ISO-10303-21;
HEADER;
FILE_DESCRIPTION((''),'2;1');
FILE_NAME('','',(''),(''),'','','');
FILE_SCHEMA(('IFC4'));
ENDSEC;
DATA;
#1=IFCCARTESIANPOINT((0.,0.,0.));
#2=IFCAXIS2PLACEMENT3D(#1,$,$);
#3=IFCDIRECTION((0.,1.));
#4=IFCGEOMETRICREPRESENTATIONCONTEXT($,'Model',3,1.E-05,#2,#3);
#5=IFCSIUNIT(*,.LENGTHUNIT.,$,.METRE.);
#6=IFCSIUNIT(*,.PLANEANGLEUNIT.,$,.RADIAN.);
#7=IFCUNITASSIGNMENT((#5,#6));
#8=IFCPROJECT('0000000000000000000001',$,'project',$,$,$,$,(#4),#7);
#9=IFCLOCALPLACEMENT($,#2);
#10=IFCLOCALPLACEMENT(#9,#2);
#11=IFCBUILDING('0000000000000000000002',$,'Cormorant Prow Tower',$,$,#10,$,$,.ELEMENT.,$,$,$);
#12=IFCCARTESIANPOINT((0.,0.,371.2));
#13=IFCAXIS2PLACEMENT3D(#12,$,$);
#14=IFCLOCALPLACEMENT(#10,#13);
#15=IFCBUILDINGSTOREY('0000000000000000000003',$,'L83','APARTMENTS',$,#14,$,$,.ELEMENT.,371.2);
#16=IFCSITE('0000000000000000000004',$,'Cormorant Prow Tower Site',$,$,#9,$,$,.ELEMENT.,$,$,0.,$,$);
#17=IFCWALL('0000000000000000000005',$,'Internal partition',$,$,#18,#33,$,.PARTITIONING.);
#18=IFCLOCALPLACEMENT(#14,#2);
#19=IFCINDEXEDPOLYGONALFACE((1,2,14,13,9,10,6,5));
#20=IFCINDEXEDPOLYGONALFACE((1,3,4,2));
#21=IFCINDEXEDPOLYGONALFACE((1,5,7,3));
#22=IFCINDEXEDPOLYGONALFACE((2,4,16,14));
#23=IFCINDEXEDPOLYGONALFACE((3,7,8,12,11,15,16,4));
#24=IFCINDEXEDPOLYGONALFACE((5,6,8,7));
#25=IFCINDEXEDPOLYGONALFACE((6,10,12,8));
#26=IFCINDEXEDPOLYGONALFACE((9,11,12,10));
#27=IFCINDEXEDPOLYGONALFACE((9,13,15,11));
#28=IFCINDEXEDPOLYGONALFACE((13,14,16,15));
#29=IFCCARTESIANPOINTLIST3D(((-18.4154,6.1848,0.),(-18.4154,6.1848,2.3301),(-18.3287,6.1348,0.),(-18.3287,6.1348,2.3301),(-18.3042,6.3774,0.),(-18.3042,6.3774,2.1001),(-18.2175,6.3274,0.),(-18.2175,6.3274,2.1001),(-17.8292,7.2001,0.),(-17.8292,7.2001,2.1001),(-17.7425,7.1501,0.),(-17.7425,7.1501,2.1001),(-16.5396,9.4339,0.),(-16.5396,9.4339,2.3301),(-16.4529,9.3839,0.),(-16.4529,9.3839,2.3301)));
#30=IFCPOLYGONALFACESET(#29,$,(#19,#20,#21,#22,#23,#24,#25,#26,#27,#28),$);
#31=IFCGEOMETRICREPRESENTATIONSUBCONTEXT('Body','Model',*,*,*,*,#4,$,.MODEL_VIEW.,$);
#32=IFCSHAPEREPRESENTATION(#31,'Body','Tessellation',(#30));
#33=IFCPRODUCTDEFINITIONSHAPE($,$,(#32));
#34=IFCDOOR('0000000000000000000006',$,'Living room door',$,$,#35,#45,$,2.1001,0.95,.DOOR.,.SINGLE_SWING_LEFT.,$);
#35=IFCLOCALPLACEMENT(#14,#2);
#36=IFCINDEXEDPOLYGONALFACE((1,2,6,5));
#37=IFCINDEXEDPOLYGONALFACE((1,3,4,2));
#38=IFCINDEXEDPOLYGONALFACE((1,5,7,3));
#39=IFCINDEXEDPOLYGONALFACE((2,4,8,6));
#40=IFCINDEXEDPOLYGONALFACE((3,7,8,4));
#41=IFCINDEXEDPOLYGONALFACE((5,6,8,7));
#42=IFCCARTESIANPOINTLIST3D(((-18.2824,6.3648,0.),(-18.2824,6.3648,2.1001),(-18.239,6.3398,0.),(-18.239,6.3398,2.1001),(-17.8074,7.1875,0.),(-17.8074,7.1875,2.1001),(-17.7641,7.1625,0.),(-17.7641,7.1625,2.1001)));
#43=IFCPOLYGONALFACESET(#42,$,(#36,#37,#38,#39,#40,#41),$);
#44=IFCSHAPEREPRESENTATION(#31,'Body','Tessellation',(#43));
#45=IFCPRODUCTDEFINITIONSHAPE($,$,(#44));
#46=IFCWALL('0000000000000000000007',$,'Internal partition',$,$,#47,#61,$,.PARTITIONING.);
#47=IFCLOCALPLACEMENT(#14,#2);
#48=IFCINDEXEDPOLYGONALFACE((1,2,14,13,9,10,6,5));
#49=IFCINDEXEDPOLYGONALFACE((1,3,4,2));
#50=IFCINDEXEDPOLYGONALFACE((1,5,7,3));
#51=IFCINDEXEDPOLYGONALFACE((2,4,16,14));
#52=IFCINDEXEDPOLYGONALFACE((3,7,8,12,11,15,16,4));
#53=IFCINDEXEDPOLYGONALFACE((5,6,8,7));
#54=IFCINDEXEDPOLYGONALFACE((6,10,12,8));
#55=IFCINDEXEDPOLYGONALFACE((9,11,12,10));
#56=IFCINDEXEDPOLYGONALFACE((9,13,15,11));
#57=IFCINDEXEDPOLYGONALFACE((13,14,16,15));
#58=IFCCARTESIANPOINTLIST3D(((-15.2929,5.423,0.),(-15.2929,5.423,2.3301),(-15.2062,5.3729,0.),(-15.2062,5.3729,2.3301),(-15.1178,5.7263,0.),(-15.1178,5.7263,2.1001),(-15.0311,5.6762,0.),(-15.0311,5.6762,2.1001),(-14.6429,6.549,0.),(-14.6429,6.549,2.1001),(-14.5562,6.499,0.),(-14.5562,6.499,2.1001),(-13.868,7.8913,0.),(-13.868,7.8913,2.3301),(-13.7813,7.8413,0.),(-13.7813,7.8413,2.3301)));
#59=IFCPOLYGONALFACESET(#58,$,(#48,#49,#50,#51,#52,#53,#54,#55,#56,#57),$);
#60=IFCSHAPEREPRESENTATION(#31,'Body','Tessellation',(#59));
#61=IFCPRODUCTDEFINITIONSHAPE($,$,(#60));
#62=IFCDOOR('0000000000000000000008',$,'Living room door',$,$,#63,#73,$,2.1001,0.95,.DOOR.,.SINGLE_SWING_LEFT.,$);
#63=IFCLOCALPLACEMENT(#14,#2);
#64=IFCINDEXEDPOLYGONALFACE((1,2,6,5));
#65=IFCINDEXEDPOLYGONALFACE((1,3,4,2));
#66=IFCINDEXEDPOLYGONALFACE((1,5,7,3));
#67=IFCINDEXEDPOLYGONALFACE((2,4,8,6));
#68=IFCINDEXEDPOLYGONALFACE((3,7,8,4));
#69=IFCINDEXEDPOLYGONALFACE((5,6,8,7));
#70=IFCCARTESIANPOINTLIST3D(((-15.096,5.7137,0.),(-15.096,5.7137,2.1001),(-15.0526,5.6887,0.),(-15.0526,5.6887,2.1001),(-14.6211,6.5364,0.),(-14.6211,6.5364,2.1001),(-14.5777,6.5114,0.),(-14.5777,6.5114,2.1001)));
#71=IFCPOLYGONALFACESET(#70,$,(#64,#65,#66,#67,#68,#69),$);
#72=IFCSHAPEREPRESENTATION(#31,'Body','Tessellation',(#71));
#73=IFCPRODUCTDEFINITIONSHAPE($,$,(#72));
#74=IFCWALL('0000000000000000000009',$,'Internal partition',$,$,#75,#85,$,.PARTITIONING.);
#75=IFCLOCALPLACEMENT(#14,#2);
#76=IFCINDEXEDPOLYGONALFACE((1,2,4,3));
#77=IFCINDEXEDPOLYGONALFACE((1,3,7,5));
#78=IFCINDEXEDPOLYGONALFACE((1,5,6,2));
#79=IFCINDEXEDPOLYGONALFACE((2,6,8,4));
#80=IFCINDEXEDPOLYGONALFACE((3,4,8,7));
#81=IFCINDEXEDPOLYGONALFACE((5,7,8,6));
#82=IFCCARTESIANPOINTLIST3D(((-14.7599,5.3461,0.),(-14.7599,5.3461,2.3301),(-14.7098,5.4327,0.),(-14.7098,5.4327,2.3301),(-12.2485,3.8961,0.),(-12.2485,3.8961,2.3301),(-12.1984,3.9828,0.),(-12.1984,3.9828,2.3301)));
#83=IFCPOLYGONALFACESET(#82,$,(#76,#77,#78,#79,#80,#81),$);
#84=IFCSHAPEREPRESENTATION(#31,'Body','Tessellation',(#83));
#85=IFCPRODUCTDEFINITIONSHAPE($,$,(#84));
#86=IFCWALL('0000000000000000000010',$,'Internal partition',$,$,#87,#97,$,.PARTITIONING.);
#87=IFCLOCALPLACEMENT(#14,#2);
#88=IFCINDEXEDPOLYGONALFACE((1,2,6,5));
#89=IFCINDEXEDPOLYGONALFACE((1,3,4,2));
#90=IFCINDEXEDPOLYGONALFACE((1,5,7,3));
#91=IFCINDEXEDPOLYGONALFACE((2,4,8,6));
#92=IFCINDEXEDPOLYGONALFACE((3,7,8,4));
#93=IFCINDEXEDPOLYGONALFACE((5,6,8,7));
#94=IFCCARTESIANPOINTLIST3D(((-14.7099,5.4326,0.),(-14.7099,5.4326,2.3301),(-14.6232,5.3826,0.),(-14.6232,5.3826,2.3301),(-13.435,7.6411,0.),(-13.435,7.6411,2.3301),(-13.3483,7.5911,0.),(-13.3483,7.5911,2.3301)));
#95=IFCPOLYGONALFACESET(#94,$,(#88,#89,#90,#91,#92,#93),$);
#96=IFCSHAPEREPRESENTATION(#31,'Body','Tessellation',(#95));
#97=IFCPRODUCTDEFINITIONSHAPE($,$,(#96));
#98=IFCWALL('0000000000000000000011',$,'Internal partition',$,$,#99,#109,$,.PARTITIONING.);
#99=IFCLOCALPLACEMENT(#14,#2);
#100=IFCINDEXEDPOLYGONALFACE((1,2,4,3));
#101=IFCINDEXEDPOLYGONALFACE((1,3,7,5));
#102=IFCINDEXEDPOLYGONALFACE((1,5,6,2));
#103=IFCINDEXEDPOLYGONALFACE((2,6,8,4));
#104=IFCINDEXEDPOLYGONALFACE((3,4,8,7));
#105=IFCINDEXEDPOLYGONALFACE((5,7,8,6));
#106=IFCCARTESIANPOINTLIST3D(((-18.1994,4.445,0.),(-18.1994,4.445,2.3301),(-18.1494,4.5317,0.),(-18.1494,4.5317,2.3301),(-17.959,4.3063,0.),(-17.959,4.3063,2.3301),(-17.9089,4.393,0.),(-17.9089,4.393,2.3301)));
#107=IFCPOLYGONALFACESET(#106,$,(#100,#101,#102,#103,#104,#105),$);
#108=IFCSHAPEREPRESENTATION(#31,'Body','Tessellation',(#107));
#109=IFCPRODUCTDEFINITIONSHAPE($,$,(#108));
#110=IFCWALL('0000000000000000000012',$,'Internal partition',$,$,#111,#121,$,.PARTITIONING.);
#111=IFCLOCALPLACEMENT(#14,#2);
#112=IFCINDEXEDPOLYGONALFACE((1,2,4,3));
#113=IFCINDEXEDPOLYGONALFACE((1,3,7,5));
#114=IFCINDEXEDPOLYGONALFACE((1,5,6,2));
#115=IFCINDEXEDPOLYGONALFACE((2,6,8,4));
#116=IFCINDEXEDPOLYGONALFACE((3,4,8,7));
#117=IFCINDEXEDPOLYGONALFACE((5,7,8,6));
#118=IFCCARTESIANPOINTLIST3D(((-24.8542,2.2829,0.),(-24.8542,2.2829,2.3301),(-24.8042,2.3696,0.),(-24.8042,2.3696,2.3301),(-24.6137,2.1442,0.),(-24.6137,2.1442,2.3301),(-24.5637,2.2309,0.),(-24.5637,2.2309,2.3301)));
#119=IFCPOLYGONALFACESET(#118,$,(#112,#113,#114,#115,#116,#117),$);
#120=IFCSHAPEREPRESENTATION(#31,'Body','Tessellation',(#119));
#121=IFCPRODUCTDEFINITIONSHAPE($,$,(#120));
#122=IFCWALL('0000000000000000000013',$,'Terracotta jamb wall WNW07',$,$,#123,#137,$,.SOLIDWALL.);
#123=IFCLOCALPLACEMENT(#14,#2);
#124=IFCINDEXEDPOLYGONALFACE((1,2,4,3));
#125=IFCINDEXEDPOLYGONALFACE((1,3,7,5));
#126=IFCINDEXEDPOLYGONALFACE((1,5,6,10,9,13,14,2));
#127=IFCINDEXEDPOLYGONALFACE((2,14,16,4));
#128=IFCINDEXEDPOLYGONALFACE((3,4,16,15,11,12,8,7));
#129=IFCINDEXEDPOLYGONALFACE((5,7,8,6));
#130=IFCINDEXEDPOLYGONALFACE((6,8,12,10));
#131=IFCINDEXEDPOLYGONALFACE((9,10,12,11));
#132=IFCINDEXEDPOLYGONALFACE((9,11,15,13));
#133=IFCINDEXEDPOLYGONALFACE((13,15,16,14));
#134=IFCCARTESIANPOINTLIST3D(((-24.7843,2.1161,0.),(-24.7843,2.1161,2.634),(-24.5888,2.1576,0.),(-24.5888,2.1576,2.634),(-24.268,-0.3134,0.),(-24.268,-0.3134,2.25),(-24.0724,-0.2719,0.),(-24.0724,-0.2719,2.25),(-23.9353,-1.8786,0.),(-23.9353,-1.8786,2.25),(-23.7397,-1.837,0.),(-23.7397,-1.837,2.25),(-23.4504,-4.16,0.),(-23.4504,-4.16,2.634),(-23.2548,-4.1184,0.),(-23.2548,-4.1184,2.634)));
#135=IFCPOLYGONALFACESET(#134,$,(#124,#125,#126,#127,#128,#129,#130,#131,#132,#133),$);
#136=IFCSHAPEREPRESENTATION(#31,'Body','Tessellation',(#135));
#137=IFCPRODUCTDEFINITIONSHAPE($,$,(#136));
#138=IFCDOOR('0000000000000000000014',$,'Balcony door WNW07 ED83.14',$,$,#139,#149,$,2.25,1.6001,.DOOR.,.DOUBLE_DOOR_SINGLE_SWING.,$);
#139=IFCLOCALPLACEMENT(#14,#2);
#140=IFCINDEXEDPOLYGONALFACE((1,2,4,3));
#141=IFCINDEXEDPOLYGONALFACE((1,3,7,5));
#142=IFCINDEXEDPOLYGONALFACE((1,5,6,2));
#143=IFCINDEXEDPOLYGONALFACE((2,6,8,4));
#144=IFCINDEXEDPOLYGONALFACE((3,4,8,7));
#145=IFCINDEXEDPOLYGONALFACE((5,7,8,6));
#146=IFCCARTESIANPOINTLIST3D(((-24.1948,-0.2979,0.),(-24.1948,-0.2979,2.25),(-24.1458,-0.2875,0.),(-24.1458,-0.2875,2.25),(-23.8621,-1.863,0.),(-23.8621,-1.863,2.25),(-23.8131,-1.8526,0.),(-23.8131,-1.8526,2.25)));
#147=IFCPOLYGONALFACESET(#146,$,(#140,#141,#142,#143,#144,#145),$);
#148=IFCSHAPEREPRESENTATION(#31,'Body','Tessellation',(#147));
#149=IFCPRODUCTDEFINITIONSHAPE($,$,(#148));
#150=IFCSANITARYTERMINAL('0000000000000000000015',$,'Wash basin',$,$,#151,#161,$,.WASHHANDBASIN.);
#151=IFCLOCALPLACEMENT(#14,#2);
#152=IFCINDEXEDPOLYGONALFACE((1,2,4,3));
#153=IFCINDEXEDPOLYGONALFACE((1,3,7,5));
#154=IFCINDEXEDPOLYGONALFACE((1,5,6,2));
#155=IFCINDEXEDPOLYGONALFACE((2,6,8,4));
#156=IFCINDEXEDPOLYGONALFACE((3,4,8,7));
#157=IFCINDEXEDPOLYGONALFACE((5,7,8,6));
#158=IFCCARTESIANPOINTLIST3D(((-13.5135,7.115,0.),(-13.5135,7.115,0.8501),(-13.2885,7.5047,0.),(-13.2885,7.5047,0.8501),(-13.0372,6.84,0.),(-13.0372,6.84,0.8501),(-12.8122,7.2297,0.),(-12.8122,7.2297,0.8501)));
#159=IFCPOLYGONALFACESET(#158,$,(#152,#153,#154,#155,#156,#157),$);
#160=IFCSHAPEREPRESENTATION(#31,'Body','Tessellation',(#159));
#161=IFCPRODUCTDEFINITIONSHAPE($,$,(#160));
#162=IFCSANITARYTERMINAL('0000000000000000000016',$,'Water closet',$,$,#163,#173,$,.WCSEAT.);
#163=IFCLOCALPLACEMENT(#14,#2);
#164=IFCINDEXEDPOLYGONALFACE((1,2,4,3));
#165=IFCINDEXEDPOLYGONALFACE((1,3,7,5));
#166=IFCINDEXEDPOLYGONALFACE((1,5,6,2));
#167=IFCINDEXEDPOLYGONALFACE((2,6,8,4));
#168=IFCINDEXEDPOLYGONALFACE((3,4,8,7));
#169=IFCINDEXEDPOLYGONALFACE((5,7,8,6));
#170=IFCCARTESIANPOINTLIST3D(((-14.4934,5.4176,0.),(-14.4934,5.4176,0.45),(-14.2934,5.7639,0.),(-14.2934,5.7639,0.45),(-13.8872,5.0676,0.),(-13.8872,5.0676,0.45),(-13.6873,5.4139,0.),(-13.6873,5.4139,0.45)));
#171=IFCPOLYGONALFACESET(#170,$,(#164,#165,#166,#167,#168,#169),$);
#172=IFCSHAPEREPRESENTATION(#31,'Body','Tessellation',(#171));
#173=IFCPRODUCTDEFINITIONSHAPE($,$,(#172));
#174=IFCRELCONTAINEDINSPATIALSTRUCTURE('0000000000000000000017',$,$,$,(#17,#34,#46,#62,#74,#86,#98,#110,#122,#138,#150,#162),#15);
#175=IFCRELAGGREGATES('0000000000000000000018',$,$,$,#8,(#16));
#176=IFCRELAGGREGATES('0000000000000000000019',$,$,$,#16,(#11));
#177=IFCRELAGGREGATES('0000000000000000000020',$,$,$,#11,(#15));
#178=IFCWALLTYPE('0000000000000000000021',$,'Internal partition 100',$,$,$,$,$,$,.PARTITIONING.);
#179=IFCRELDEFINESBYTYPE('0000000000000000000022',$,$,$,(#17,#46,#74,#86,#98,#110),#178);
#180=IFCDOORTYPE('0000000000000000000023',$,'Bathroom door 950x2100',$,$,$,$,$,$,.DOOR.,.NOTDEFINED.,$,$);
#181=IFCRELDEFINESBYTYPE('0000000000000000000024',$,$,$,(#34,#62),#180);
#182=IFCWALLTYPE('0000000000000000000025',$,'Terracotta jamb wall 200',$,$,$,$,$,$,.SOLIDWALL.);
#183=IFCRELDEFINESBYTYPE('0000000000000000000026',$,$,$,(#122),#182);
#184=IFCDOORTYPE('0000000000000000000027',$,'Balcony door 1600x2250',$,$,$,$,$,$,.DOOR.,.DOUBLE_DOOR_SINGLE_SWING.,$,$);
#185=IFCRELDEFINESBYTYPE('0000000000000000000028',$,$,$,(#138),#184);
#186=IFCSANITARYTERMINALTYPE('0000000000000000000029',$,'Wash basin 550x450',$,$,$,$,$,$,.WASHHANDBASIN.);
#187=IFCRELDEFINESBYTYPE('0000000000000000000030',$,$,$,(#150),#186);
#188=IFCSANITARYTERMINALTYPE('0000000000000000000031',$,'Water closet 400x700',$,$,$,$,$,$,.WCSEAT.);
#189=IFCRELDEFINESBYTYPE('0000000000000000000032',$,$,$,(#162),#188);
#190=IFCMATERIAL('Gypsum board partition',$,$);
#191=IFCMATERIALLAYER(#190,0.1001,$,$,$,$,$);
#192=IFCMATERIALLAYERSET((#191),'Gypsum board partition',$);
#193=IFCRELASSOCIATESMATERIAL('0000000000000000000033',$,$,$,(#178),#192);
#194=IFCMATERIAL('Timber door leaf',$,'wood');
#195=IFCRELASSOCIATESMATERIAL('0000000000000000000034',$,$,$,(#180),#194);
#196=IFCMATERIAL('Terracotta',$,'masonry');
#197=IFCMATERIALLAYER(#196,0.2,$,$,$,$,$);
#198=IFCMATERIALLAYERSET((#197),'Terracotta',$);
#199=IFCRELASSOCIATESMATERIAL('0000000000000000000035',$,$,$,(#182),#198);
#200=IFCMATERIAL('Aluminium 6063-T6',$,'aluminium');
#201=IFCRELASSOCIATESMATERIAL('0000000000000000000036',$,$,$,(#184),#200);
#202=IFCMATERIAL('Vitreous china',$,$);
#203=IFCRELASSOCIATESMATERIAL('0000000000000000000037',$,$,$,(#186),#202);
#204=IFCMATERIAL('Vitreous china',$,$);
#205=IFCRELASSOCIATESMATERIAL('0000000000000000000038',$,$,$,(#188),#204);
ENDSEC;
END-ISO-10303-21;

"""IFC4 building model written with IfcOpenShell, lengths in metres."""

from ifc_helpers import new_model, si_unit, direction, frame, frame_2d, origin, origin_2d, place, context, subcontext, project, spatial, rectangle, extrude, material, layer, layer_set, type_object, element, fill, save


model = new_model("IFC4")

# Units and contexts
model_context = context("Model", 3, precision=1e-05, world=origin(), true_north=direction((0.0, 1.0)))
body_context = subcontext(model_context, "Body", "Model", "MODEL_VIEW")
ifc_project = project(units=[si_unit("LENGTHUNIT", "METRE"), si_unit("PLANEANGLEUNIT", "RADIAN")], contexts=[model_context])

# Site, building, storey
site_placement = place(None, origin())
site = spatial("IfcSite", under=ifc_project, at=site_placement, Name="Cormorant Prow Tower Site", CompositionType="ELEMENT", RefElevation=0.0)
building_placement = place(site_placement, origin())
building = spatial("IfcBuilding", under=site, at=building_placement, Name="Cormorant Prow Tower", CompositionType="ELEMENT")
storey_placement = place(building_placement, frame((0.0, 0.0, 371.2)))
storey = spatial("IfcBuildingStorey", under=building, at=storey_placement, Name="L83", Description="APARTMENTS", CompositionType="ELEMENT", Elevation=371.2)

# Shared definitions
ifc_material_1 = material(Name="Gypsum board partition")
ifc_layer_1 = layer(ifc_material_1, 0.1001)
ifc_layer_set_1 = layer_set([ifc_layer_1], Name="Gypsum board partition")
wall_type_1 = type_object("IfcWallType", Name="Internal partition 100", PredefinedType="PARTITIONING", material=ifc_layer_set_1)
ifc_material_2 = material(Name="Timber door leaf", Category="wood")
door_type_1 = type_object("IfcDoorType", Name="Bathroom door 950x2100", OperationType="NOTDEFINED", PredefinedType="DOOR", material=ifc_material_2)

# Walls, openings, doors
wall_1_placement = place(storey_placement, frame((-18.3721, 6.1597, 0.0), z_axis=(0.0, 0.0, 1.0), x_axis=(0.499982, 0.866036, 0.0)))
wall_1 = element("IfcWall", 1, at=wall_1_placement, inside=storey, type_object=wall_type_1, Name="Internal partition", PredefinedType="PARTITIONING", context=body_context, shape_type="SweptSolid", body=[
    extrude(rectangle(XDim=3.7517, YDim=0.1001, at=frame_2d((1.876, 0.0))), origin(), (0.0, 0.0, 1.0), 2.3301),
])
opening_1_placement = place(wall_1_placement, frame((0.2224, 0.0, 0.0)))
opening_1 = element("IfcOpeningElement", 2, at=opening_1_placement, cuts=wall_1, PredefinedType="OPENING", context=body_context, shape_type="SweptSolid", body=[
    extrude(rectangle(XDim=0.95, YDim=2.1001, at=frame_2d((0.4751, 1.05))), frame((0.0, 0.0601, 0.0), z_axis=(0.0, -1.0, 0.0), x_axis=(1.0, 0.0, 0.0)), (0.0, 0.0, 1.0), 0.1201),
])
door_1_placement = place(opening_1_placement, origin())
door_1 = element("IfcDoor", 3, at=door_1_placement, inside=storey, type_object=door_type_1, Name="Living room door", OperationType="SINGLE_SWING_LEFT", OverallHeight=2.1001, OverallWidth=0.95, PredefinedType="DOOR", context=body_context, shape_type="SweptSolid", body=[
    extrude(rectangle(XDim=0.95, YDim=2.1001, at=frame_2d((0.4751, 1.05))), frame((0.0, 0.0249, 0.0), z_axis=(0.0, -1.0, 0.0), x_axis=(1.0, 0.0, 0.0)), (0.0, 0.0, 1.0), 0.05),
])
fill(opening_1, door_1)
wall_2_placement = place(storey_placement, frame((-15.2495, 5.3979, 0.0), z_axis=(0.0, 0.0, 1.0), x_axis=(0.499935, 0.866063, 0.0)))
wall_2 = element("IfcWall", 4, at=wall_2_placement, inside=storey, type_object=wall_type_1, Name="Internal partition", PredefinedType="PARTITIONING", context=body_context, shape_type="SweptSolid", body=[
    extrude(rectangle(XDim=2.8501, YDim=0.1001, at=frame_2d((1.425, 0.0))), origin(), (0.0, 0.0, 1.0), 2.3301),
])
opening_2_placement = place(wall_2_placement, frame((0.3501, 0.0, 0.0)))
opening_2 = element("IfcOpeningElement", 5, at=opening_2_placement, cuts=wall_2, PredefinedType="OPENING", context=body_context, shape_type="SweptSolid", body=[
    extrude(rectangle(XDim=0.95, YDim=2.1001, at=frame_2d((0.4751, 1.05))), frame((0.0, 0.0601, 0.0), z_axis=(0.0, -1.0, 0.0), x_axis=(1.0, 0.0, 0.0)), (0.0, 0.0, 1.0), 0.1201),
])
door_2_placement = place(opening_2_placement, origin())
door_2 = element("IfcDoor", 6, at=door_2_placement, inside=storey, type_object=door_type_1, Name="Living room door", OperationType="SINGLE_SWING_LEFT", OverallHeight=2.1001, OverallWidth=0.95, PredefinedType="DOOR", context=body_context, shape_type="SweptSolid", body=[
    extrude(rectangle(XDim=0.95, YDim=2.1001, at=frame_2d((0.4751, 1.05))), frame((0.0, 0.0249, 0.0), z_axis=(0.0, -1.0, 0.0), x_axis=(1.0, 0.0, 0.0)), (0.0, 0.0, 1.0), 0.05),
])
fill(opening_2, door_2)

# Walls
wall_3_placement = place(storey_placement, frame((-14.7349, 5.3894, 0.0), z_axis=(0.0, 0.0, 1.0), x_axis=(0.866033, -0.499987, 0.0)))
element("IfcWall", 7, at=wall_3_placement, inside=storey, type_object=wall_type_1, Name="Internal partition", PredefinedType="PARTITIONING", context=body_context, shape_type="SweptSolid", body=[
    extrude(rectangle(XDim=2.8999, YDim=0.1001, at=frame_2d((1.45, 0.0))), origin(), (0.0, 0.0, 1.0), 2.3301),
])
wall_4_placement = place(storey_placement, frame((-14.6665, 5.4077, 0.0), z_axis=(0.0, 0.0, 1.0), x_axis=(0.499949, 0.866055, 0.0)))
element("IfcWall", 8, at=wall_4_placement, inside=storey, type_object=wall_type_1, Name="Internal partition", PredefinedType="PARTITIONING", context=body_context, shape_type="SweptSolid", body=[
    extrude(rectangle(XDim=2.55, YDim=0.1001, at=frame_2d((1.2749, 0.0))), origin(), (0.0, 0.0, 1.0), 2.3301),
])
for number, where, z_axis, x_axis, name in (
    (9, (-18.1743, 4.4883, 0.0), (0.0, 0.0, 1.0), (0.866288, -0.499545, 0.0), "Internal partition"),
    (10, (-24.8291, 2.3262, 0.0), (0.0, 0.0, 1.0), (0.866288, -0.499545, 0.0), "Internal partition"),
):
    element("IfcWall", number, at=place(storey_placement, frame(where, z_axis=z_axis, x_axis=x_axis)), inside=storey, type_object=wall_type_1, Name=name, PredefinedType="PARTITIONING", context=body_context, shape_type="SweptSolid", body=[
        extrude(rectangle(XDim=0.2776, YDim=0.1001, at=frame_2d((0.1387, 0.0))), origin(), (0.0, 0.0, 1.0), 2.3301),
    ])

# Wall, opening, door
ifc_material_3 = material(Name="Terracotta", Category="masonry")
ifc_layer_2 = layer(ifc_material_3, 0.2)
ifc_layer_set_2 = layer_set([ifc_layer_2], Name="Terracotta")
wall_type_2 = type_object("IfcWallType", Name="Terracotta jamb wall 200", PredefinedType="SOLIDWALL", material=ifc_layer_set_2)
wall_5_placement = place(storey_placement, frame((-24.6865, 2.1367, 0.0), z_axis=(0.0, 0.0, 1.0), x_axis=(0.207905, -0.978149, 0.0)))
wall_5 = element("IfcWall", 11, at=wall_5_placement, inside=storey, type_object=wall_type_2, Name="Terracotta jamb wall WNW07", PredefinedType="SOLIDWALL", context=body_context, shape_type="SweptSolid", body=[
    extrude(rectangle(XDim=6.4163, YDim=0.2, at=frame_2d((3.208, 0.0))), origin(), (0.0, 0.0, 1.0), 2.634),
])
opening_3_placement = place(wall_5_placement, frame((2.4836, 0.0, 0.0)))
opening_3 = element("IfcOpeningElement", 12, at=opening_3_placement, cuts=wall_5, PredefinedType="OPENING", context=body_context, shape_type="SweptSolid", body=[
    extrude(rectangle(XDim=1.6001, YDim=2.25, at=frame_2d((0.8, 1.125))), frame((0.0, 0.1099, 0.0), z_axis=(0.0, -1.0, 0.0), x_axis=(1.0, 0.0, 0.0)), (0.0, 0.0, 1.0), 0.22),
])
ifc_material_4 = material(Name="Aluminium 6063-T6", Category="aluminium")
door_type_2 = type_object("IfcDoorType", Name="Balcony door 1600x2250", OperationType="DOUBLE_DOOR_SINGLE_SWING", PredefinedType="DOOR", material=ifc_material_4)
door_3_placement = place(opening_3_placement, origin())
door_3 = element("IfcDoor", 13, at=door_3_placement, inside=storey, type_object=door_type_2, Name="Balcony door WNW07 ED83.14", OperationType="DOUBLE_DOOR_SINGLE_SWING", OverallHeight=2.25, OverallWidth=1.6001, PredefinedType="DOOR", context=body_context, shape_type="SweptSolid", body=[
    extrude(rectangle(XDim=1.6001, YDim=2.25, at=frame_2d((0.8, 1.125))), frame((0.0, 0.0249, 0.0), z_axis=(0.0, -1.0, 0.0), x_axis=(1.0, 0.0, 0.0)), (0.0, 0.0, 1.0), 0.05),
])
fill(opening_3, door_3)

# Sanitary terminals
ifc_material_5 = material(Name="Vitreous china")
sanitary_terminal_type_1 = type_object("IfcSanitaryTerminalType", Name="Wash basin 550x450", PredefinedType="WASHHANDBASIN", material=ifc_material_5)
sanitary_terminal_1_placement = place(storey_placement, frame((-13.1628, 7.1724, 0.0), z_axis=(0.0, 0.0, 1.0), x_axis=(0.866025, -0.5, 0.0)))
element("IfcSanitaryTerminal", 14, at=sanitary_terminal_1_placement, inside=storey, type_object=sanitary_terminal_type_1, Name="Wash basin", PredefinedType="WASHHANDBASIN", context=body_context, shape_type="SweptSolid", body=[
    extrude(rectangle(XDim=0.55, YDim=0.45, at=origin_2d()), origin(), (0.0, 0.0, 1.0), 0.8501),
])
ifc_material_6 = material(Name="Vitreous china")
sanitary_terminal_type_2 = type_object("IfcSanitaryTerminalType", Name="Water closet 400x700", PredefinedType="WCSEAT", material=ifc_material_6)
sanitary_terminal_2_placement = place(storey_placement, frame((-14.0903, 5.4158, 0.0), z_axis=(0.0, 0.0, 1.0), x_axis=(0.5, 0.866025, 0.0)))
element("IfcSanitaryTerminal", 15, at=sanitary_terminal_2_placement, inside=storey, type_object=sanitary_terminal_type_2, Name="Water closet", PredefinedType="WCSEAT", context=body_context, shape_type="SweptSolid", body=[
    extrude(rectangle(XDim=0.3999, YDim=0.7, at=origin_2d()), origin(), (0.0, 0.0, 1.0), 0.45),
])

save(model, "model.ifc")
